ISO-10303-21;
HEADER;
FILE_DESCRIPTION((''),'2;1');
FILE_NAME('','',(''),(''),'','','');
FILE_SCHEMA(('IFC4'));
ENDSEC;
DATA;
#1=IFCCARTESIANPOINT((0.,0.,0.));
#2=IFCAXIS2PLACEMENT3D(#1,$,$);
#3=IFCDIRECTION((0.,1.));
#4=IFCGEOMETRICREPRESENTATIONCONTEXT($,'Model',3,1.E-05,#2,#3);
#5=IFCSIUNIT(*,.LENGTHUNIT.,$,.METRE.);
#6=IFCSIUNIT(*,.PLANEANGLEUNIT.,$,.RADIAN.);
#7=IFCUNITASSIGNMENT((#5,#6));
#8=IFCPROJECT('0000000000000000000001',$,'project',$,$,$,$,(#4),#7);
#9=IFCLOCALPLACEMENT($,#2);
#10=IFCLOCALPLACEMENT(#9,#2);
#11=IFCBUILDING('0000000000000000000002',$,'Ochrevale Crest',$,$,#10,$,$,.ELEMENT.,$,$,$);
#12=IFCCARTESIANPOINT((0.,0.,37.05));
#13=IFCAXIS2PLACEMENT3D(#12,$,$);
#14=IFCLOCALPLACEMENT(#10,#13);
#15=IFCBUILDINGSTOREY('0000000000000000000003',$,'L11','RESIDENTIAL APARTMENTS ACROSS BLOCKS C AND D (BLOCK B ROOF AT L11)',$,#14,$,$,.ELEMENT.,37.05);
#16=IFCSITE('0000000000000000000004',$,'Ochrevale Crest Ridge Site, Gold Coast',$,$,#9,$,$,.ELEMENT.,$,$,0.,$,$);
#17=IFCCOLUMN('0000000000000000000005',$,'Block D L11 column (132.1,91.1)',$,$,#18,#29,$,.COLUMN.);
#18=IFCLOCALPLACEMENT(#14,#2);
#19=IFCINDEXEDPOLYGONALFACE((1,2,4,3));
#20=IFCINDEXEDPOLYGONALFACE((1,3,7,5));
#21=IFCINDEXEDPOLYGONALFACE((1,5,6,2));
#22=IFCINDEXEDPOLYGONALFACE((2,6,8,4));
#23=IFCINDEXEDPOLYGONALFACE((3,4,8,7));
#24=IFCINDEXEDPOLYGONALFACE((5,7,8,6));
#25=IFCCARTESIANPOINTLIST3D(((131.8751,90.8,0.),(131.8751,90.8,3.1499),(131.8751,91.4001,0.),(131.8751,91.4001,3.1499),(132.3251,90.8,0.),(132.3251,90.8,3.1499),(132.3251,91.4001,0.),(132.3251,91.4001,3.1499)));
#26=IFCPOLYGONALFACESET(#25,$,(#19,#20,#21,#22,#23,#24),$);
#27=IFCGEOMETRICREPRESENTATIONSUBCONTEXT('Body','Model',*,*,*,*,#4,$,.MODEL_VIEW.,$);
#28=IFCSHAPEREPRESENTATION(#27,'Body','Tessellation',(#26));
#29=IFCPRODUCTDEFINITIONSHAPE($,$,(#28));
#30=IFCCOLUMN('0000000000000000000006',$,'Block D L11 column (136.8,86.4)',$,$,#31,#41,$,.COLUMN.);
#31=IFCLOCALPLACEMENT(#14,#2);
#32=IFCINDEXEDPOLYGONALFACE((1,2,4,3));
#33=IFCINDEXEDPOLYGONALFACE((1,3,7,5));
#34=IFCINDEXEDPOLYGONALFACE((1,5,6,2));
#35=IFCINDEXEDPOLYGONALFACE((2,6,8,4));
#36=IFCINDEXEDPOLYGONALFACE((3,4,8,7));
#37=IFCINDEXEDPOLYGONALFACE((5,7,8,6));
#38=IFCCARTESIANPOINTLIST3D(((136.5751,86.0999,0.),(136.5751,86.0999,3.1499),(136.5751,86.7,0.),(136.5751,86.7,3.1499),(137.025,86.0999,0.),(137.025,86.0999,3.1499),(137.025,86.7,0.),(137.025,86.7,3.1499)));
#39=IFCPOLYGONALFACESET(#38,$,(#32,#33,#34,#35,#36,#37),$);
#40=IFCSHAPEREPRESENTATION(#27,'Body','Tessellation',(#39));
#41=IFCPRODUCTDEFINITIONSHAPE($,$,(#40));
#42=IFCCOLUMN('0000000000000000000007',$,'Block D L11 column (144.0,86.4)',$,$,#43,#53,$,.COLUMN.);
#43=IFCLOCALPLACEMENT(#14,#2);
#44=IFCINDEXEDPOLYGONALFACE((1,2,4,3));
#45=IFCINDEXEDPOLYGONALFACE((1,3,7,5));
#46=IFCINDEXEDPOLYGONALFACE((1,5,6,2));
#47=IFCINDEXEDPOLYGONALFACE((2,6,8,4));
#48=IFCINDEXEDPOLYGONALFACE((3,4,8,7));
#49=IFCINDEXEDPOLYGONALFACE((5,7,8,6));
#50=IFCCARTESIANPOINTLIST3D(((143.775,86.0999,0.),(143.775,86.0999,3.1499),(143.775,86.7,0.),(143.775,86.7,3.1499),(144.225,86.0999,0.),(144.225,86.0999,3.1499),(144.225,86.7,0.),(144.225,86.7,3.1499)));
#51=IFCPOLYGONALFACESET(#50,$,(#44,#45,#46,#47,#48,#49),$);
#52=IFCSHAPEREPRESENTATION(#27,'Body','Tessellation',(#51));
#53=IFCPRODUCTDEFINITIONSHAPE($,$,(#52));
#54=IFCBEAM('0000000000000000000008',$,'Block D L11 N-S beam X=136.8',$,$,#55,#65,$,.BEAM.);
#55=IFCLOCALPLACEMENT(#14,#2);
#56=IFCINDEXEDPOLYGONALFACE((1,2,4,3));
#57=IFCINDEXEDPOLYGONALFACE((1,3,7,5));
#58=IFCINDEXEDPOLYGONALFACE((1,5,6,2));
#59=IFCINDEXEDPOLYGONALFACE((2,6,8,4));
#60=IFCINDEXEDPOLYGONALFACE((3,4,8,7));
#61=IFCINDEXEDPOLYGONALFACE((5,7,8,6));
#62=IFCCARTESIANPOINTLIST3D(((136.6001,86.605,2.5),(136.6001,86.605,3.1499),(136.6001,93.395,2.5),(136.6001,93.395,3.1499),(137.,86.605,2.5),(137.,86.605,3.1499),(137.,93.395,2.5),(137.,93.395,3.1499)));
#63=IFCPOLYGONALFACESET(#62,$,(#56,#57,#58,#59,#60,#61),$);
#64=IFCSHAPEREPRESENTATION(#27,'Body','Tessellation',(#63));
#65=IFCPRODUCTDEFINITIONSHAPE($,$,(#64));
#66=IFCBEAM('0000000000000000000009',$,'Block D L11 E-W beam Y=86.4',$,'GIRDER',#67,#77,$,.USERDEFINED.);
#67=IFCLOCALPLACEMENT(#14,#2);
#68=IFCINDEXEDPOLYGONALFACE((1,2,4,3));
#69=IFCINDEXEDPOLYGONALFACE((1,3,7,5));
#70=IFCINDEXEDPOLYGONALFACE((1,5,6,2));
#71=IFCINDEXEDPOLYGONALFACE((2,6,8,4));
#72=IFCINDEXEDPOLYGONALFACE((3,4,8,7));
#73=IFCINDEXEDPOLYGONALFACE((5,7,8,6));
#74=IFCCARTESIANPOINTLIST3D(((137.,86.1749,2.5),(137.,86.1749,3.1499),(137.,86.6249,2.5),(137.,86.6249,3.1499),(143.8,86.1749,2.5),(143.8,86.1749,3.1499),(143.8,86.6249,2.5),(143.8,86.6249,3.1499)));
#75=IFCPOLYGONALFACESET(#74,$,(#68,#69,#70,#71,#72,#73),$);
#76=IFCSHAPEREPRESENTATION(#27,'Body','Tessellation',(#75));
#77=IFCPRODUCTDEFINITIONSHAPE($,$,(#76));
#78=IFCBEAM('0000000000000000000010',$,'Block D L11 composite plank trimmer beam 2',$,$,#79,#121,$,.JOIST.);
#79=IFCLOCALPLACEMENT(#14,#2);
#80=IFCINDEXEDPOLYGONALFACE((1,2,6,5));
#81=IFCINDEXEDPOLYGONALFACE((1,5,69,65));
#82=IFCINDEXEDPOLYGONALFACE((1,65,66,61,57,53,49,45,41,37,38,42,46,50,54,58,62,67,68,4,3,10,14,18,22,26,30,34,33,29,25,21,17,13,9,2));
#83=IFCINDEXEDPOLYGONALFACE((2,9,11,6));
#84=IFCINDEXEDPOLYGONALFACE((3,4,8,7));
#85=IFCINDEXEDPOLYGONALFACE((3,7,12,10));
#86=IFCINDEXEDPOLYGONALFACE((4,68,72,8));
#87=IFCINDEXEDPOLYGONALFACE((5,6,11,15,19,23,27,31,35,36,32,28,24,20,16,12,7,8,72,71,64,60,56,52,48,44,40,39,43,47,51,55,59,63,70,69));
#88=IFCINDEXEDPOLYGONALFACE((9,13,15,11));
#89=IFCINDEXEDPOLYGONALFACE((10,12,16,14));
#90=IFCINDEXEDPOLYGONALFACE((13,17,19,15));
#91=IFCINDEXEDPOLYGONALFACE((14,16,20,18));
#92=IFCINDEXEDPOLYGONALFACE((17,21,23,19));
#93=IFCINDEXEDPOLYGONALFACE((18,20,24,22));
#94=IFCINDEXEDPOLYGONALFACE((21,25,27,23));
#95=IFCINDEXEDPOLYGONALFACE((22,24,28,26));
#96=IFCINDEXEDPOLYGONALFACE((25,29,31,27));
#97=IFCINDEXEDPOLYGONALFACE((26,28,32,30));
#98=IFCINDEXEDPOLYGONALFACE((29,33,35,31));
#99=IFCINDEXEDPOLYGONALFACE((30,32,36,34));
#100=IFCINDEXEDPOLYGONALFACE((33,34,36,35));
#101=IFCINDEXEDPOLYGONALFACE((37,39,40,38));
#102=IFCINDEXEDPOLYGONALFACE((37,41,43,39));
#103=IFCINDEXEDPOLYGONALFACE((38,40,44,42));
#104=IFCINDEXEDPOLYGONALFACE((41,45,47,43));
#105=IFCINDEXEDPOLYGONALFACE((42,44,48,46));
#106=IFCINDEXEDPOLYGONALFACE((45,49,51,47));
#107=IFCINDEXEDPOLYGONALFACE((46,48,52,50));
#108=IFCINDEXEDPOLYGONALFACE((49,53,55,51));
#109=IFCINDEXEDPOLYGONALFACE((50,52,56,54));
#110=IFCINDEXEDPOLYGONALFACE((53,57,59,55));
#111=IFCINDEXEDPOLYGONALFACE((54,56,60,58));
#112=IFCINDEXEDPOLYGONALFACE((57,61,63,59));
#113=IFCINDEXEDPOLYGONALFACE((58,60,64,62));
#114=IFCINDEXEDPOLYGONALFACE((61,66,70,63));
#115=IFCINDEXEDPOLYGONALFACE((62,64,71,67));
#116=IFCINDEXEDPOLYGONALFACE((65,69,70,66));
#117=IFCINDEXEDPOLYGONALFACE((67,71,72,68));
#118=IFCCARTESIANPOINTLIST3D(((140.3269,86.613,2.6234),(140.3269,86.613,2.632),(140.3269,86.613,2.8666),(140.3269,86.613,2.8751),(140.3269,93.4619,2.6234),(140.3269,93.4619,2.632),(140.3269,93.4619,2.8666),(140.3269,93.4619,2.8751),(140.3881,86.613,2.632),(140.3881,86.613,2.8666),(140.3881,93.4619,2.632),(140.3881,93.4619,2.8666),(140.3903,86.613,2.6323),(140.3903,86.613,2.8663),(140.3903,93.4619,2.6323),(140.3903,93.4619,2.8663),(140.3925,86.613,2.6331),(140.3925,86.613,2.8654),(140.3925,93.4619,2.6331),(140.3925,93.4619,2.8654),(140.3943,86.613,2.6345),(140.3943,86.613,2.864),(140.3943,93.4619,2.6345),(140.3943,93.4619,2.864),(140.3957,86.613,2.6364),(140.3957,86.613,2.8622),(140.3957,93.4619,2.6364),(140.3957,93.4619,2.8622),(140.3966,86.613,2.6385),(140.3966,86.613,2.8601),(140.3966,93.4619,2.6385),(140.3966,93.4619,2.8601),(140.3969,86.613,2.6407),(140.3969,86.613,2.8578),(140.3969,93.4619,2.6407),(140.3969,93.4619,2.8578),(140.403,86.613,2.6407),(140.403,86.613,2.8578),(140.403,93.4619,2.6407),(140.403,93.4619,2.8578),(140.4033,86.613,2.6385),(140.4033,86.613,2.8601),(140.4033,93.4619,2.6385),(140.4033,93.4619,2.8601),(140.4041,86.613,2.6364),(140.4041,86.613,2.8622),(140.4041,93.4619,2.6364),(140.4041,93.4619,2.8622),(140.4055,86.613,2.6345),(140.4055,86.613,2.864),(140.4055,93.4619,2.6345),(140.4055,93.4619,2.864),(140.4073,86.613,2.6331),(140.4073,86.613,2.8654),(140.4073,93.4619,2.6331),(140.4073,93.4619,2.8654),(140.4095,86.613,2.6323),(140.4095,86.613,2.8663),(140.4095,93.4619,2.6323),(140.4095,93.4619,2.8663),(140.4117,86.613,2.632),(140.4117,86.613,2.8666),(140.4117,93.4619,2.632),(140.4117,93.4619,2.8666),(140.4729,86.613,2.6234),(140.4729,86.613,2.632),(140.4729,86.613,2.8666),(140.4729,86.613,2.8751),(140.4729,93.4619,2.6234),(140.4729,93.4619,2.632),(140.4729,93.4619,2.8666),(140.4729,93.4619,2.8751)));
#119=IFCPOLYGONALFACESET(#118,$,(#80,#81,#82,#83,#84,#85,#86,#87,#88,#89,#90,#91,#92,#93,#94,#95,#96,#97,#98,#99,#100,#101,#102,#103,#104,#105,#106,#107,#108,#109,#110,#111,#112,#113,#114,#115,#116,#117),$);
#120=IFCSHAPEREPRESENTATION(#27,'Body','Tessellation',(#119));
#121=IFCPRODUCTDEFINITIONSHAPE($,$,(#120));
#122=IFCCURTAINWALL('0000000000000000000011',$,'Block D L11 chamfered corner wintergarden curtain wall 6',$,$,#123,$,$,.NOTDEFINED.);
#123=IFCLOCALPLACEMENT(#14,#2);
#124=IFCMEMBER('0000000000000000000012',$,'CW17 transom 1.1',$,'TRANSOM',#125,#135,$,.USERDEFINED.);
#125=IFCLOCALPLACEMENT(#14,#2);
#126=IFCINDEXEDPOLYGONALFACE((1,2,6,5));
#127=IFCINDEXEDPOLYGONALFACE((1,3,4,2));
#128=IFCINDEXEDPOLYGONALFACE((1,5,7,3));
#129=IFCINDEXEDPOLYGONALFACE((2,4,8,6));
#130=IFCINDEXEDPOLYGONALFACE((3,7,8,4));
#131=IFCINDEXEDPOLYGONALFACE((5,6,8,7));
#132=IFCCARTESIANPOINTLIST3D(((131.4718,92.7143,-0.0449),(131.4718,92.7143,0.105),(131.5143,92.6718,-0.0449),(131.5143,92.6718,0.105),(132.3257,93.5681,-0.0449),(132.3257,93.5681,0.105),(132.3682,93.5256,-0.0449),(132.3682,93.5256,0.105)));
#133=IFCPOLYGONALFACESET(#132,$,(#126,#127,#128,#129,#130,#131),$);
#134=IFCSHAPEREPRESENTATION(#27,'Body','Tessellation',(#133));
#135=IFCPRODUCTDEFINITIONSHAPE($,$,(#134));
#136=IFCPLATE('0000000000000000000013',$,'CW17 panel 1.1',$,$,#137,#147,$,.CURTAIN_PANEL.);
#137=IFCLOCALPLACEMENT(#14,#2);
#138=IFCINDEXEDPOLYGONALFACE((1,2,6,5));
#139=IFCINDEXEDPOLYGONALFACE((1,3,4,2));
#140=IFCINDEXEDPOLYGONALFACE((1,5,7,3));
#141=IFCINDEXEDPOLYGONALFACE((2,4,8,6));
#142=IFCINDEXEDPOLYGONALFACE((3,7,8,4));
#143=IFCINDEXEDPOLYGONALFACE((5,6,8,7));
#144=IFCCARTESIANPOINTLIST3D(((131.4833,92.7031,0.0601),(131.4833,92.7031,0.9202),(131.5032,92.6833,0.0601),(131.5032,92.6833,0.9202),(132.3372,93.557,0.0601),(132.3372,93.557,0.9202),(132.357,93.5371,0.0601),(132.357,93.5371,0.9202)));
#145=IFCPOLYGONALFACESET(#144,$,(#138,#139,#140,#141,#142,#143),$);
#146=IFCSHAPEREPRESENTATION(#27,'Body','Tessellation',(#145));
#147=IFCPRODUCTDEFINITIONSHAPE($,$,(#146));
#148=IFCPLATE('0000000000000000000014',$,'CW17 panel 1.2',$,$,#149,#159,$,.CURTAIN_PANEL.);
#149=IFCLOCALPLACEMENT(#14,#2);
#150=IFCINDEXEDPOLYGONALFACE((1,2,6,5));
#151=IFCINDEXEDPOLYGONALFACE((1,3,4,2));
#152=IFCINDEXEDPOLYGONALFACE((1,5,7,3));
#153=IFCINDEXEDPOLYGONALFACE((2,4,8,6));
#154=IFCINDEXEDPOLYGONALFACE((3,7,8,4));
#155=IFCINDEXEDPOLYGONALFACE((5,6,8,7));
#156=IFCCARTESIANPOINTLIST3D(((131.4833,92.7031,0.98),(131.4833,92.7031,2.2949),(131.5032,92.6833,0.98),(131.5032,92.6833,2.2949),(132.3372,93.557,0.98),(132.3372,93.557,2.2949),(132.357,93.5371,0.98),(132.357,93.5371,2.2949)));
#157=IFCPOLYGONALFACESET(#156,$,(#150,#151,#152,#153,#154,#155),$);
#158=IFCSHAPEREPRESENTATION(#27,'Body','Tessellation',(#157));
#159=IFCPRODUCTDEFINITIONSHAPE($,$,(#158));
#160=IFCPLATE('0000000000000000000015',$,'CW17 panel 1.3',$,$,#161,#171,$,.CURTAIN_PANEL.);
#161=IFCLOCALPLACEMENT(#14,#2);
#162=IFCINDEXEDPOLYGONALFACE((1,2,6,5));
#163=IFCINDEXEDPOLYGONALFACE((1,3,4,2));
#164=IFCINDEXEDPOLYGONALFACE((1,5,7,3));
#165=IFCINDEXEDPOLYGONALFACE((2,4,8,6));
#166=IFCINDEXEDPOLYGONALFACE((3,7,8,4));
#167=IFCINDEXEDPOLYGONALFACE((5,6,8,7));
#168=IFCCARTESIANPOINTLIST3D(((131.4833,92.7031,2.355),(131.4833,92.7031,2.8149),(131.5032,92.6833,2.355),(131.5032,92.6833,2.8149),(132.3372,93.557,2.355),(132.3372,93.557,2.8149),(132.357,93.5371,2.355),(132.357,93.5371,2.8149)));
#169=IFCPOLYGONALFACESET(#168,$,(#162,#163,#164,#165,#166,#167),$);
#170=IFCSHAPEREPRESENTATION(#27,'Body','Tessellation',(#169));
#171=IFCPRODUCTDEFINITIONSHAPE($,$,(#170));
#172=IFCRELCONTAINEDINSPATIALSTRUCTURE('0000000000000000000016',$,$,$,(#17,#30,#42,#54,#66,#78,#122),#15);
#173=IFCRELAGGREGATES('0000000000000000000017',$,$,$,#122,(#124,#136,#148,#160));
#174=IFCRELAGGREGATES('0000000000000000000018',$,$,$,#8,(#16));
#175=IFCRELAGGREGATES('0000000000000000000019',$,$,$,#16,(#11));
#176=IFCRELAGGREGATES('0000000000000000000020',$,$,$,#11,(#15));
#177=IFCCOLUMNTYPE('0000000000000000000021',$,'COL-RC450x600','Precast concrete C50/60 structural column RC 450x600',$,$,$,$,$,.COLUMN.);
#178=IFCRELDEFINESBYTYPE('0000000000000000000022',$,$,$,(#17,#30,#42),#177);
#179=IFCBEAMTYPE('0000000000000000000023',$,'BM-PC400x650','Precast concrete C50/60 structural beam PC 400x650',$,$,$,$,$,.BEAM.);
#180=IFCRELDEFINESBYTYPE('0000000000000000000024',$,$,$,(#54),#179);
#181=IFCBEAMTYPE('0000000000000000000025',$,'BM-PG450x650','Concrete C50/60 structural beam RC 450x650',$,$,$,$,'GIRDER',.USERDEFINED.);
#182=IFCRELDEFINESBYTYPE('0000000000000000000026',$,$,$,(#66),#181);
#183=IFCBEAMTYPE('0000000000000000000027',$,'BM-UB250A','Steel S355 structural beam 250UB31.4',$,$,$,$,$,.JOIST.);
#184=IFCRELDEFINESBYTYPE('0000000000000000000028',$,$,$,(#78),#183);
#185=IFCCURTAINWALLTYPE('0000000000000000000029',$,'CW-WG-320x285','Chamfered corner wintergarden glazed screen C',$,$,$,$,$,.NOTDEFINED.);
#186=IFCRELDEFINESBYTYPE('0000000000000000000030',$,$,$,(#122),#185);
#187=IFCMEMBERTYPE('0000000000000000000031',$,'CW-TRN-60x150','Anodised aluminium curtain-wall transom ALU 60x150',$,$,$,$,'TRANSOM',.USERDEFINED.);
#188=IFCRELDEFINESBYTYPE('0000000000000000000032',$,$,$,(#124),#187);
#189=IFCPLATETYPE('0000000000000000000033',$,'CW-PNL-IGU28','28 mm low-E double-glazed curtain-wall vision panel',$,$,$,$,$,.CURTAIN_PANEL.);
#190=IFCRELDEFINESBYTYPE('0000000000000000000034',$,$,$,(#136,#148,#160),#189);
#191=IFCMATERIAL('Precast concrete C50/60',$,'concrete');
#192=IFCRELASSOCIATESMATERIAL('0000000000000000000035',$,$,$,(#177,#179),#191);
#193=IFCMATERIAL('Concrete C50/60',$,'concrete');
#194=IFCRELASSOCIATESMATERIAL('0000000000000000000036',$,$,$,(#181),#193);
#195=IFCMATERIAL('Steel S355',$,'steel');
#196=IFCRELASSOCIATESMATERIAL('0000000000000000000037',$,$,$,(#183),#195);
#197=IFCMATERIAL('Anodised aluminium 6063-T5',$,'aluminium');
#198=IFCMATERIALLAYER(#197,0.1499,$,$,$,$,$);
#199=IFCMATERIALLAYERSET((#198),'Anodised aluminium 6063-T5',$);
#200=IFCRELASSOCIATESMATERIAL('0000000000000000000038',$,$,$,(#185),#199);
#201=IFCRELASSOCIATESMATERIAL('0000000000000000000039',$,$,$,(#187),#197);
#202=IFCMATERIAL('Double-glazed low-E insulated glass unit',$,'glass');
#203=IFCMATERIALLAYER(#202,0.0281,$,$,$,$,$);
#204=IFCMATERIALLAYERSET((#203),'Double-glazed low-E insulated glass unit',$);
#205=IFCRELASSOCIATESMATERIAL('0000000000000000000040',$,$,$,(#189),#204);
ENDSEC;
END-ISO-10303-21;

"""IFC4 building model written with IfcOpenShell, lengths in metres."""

from ifc_helpers import new_model, si_unit, direction, frame, origin, origin_2d, place, context, subcontext, project, spatial, rectangle, i_section, extrude, material, layer, layer_set, material_profile, profile_set, type_object, element, aggregate, save


model = new_model("IFC4")

# Units and contexts
model_context = context("Model", 3, precision=1e-05, world=origin(), true_north=direction((0.0, 1.0)))
body_context = subcontext(model_context, "Body", "Model", "MODEL_VIEW")
ifc_project = project(units=[si_unit("LENGTHUNIT", "METRE"), si_unit("PLANEANGLEUNIT", "RADIAN")], contexts=[model_context])

# Site, building, storey
site_placement = place(None, origin())
site = spatial("IfcSite", under=ifc_project, at=site_placement, Name="Ochrevale Crest Ridge Site, Gold Coast", CompositionType="ELEMENT", RefElevation=0.0)
building_placement = place(site_placement, origin())
building = spatial("IfcBuilding", under=site, at=building_placement, Name="Ochrevale Crest", CompositionType="ELEMENT")
storey_placement = place(building_placement, frame((0.0, 0.0, 37.05)))
storey = spatial("IfcBuildingStorey", under=building, at=storey_placement, Name="L11", Description="RESIDENTIAL APARTMENTS ACROSS BLOCKS C AND D (BLOCK B ROOF AT L11)", CompositionType="ELEMENT", Elevation=37.05)

# Columns
ifc_material_1 = material(Name="Precast concrete C50/60", Category="concrete")
ifc_material_profile_1 = material_profile(ifc_material_1, rectangle(XDim=0.45, YDim=0.6001, at=origin_2d()), Name="RC 450x600")
ifc_profile_set_1 = profile_set([ifc_material_profile_1], Name="Precast concrete C50/60")
column_type = type_object("IfcColumnType", Name="COL-RC450x600", Description="Precast concrete C50/60 structural column RC 450x600", PredefinedType="COLUMN", material=ifc_profile_set_1)
for number, where, z_axis, x_axis, name in (
    (1, (132.1001, 91.1001, 0.0), (0.0, 0.0, 1.0), (1.0, 0.0, 0.0), "Block D L11 column (132.1,91.1)"),
    (2, (136.8, 86.3999, 0.0), (0.0, 0.0, 1.0), (1.0, 0.0, 0.0), "Block D L11 column (136.8,86.4)"),
    (3, (144.0, 86.3999, 0.0), (0.0, 0.0, 1.0), (1.0, 0.0, 0.0), "Block D L11 column (144.0,86.4)"),
):
    element("IfcColumn", number, at=place(storey_placement, frame(where, z_axis=z_axis, x_axis=x_axis)), inside=storey, type_object=column_type, Name=name, PredefinedType="COLUMN", context=body_context, shape_type="SweptSolid", body=[
        extrude(rectangle(XDim=0.45, YDim=0.6001, at=origin_2d()), origin(), (0.0, 0.0, 1.0), 3.1499),
    ])

# Beams
ifc_material_profile_2 = material_profile(ifc_material_1, rectangle(XDim=0.3999, YDim=0.6499, at=origin_2d()), Name="PC 400x650")
ifc_profile_set_2 = profile_set([ifc_material_profile_2], Name="Precast concrete C50/60")
beam_type_1 = type_object("IfcBeamType", Name="BM-PC400x650", Description="Precast concrete C50/60 structural beam PC 400x650", PredefinedType="BEAM", material=ifc_profile_set_2)
beam_1_placement = place(storey_placement, frame((136.8, 86.605, 2.825), z_axis=(0.0, 1.0, 0.0), x_axis=(-1.0, 0.0, 0.0)))
element("IfcBeam", 4, at=beam_1_placement, inside=storey, type_object=beam_type_1, Name="Block D L11 N-S beam X=136.8", PredefinedType="BEAM", context=body_context, shape_type="SweptSolid", body=[
    extrude(rectangle(XDim=0.3999, YDim=0.6499, at=origin_2d()), origin(), (0.0, 0.0, 1.0), 6.79),
])
ifc_material_2 = material(Name="Concrete C50/60", Category="concrete")
ifc_material_profile_3 = material_profile(ifc_material_2, rectangle(XDim=0.45, YDim=0.6499, at=origin_2d()), Name="RC 450x650")
ifc_profile_set_3 = profile_set([ifc_material_profile_3], Name="Concrete C50/60")
beam_type_2 = type_object("IfcBeamType", Name="BM-PG450x650", Description="Concrete C50/60 structural beam RC 450x650", ElementType="GIRDER", PredefinedType="USERDEFINED", material=ifc_profile_set_3)
beam_2_placement = place(storey_placement, frame((137.0, 86.3999, 2.825), z_axis=(1.0, 0.0, 0.0), x_axis=(0.0, 1.0, 0.0)))
element("IfcBeam", 5, at=beam_2_placement, inside=storey, type_object=beam_type_2, Name="Block D L11 E-W beam Y=86.4", ObjectType="GIRDER", PredefinedType="USERDEFINED", context=body_context, shape_type="SweptSolid", body=[
    extrude(rectangle(XDim=0.45, YDim=0.6499, at=origin_2d()), origin(), (0.0, 0.0, 1.0), 6.8),
])
ifc_material_3 = material(Name="Steel S355", Category="steel")
ifc_material_profile_4 = material_profile(ifc_material_3, i_section(OverallWidth=0.146, OverallDepth=0.2517, WebThickness=0.0061, FlangeThickness=0.0085, FilletRadius=0.0088, at=origin_2d()), Name="250UB31.4")
ifc_profile_set_4 = profile_set([ifc_material_profile_4], Name="Steel S355")
beam_type_3 = type_object("IfcBeamType", Name="BM-UB250A", Description="Steel S355 structural beam 250UB31.4", PredefinedType="JOIST", material=ifc_profile_set_4)
beam_3_placement = place(storey_placement, frame((140.3999, 86.613, 2.7493), z_axis=(0.0, 1.0, 0.0), x_axis=(-1.0, 0.0, 0.0)))
element("IfcBeam", 6, at=beam_3_placement, inside=storey, type_object=beam_type_3, Name="Block D L11 composite plank trimmer beam 2", PredefinedType="JOIST", context=body_context, shape_type="SweptSolid", body=[
    extrude(i_section(OverallWidth=0.146, OverallDepth=0.2517, WebThickness=0.0061, FlangeThickness=0.0085, FilletRadius=0.0088, at=origin_2d()), origin(), (0.0, 0.0, 1.0), 6.8489),
])

# Curtain wall, member, plates
ifc_material_4 = material(Name="Anodised aluminium 6063-T5", Category="aluminium")
ifc_layer_1 = layer(ifc_material_4, 0.1499)
ifc_layer_set_1 = layer_set([ifc_layer_1], Name="Anodised aluminium 6063-T5")
curtain_wall_type = type_object("IfcCurtainWallType", Name="CW-WG-320x285", Description="Chamfered corner wintergarden glazed screen C", PredefinedType="NOTDEFINED", material=ifc_layer_set_1)
curtain_wall_placement = place(storey_placement, origin())
curtain_wall = element("IfcCurtainWall", 7, at=curtain_wall_placement, inside=storey, type_object=curtain_wall_type, Name="Block D L11 chamfered corner wintergarden curtain wall 6", PredefinedType="NOTDEFINED")
ifc_material_profile_5 = material_profile(ifc_material_4, rectangle(XDim=0.0601, YDim=0.1499, at=origin_2d()), Name="ALU 60x150")
ifc_profile_set_5 = profile_set([ifc_material_profile_5], Name="Anodised aluminium 6063-T5")
member_type = type_object("IfcMemberType", Name="CW-TRN-60x150", Description="Anodised aluminium curtain-wall transom ALU 60x150", ElementType="TRANSOM", PredefinedType="USERDEFINED", material=ifc_profile_set_5)
member_placement = place(storey_placement, frame((132.3469, 93.5469, 0.03), z_axis=(-0.707107, -0.707107, 0.0), x_axis=(0.707107, -0.707107, 0.0)))
member = element("IfcMember", 8, at=member_placement, type_object=member_type, Name="CW17 transom 1.1", ObjectType="TRANSOM", PredefinedType="USERDEFINED", context=body_context, shape_type="SweptSolid", body=[
    extrude(rectangle(XDim=0.0601, YDim=0.1499, at=origin_2d()), origin(), (0.0, 0.0, 1.0), 1.2075),
])
ifc_material_5 = material(Name="Double-glazed low-E insulated glass unit", Category="glass")
ifc_layer_2 = layer(ifc_material_5, 0.0281)
ifc_layer_set_2 = layer_set([ifc_layer_2], Name="Double-glazed low-E insulated glass unit")
plate_type = type_object("IfcPlateType", Name="CW-PNL-IGU28", Description="28 mm low-E double-glazed curtain-wall vision panel", PredefinedType="CURTAIN_PANEL", material=ifc_layer_set_2)
plate_1_placement = place(storey_placement, frame((131.9202, 93.1201, 0.0601), z_axis=(0.0, 0.0, 1.0), x_axis=(-0.707107, -0.707107, 0.0)))
plate_1 = element("IfcPlate", 9, at=plate_1_placement, type_object=plate_type, Name="CW17 panel 1.1", PredefinedType="CURTAIN_PANEL", context=body_context, shape_type="SweptSolid", body=[
    extrude(rectangle(XDim=1.2075, YDim=0.0281, at=origin_2d()), origin(), (0.0, 0.0, 1.0), 0.8601),
])
plate_2_placement = place(storey_placement, frame((131.9202, 93.1201, 0.98), z_axis=(0.0, 0.0, 1.0), x_axis=(-0.707107, -0.707107, 0.0)))
plate_2 = element("IfcPlate", 10, at=plate_2_placement, type_object=plate_type, Name="CW17 panel 1.2", PredefinedType="CURTAIN_PANEL", context=body_context, shape_type="SweptSolid", body=[
    extrude(rectangle(XDim=1.2075, YDim=0.0281, at=origin_2d()), origin(), (0.0, 0.0, 1.0), 1.3149),
])
plate_3_placement = place(storey_placement, frame((131.9202, 93.1201, 2.355), z_axis=(0.0, 0.0, 1.0), x_axis=(-0.707107, -0.707107, 0.0)))
plate_3 = element("IfcPlate", 11, at=plate_3_placement, type_object=plate_type, Name="CW17 panel 1.3", PredefinedType="CURTAIN_PANEL", context=body_context, shape_type="SweptSolid", body=[
    extrude(rectangle(XDim=1.2075, YDim=0.0281, at=origin_2d()), origin(), (0.0, 0.0, 1.0), 0.46),
])
aggregate(curtain_wall, [member, plate_1, plate_2, plate_3])

save(model, "model.ifc")
